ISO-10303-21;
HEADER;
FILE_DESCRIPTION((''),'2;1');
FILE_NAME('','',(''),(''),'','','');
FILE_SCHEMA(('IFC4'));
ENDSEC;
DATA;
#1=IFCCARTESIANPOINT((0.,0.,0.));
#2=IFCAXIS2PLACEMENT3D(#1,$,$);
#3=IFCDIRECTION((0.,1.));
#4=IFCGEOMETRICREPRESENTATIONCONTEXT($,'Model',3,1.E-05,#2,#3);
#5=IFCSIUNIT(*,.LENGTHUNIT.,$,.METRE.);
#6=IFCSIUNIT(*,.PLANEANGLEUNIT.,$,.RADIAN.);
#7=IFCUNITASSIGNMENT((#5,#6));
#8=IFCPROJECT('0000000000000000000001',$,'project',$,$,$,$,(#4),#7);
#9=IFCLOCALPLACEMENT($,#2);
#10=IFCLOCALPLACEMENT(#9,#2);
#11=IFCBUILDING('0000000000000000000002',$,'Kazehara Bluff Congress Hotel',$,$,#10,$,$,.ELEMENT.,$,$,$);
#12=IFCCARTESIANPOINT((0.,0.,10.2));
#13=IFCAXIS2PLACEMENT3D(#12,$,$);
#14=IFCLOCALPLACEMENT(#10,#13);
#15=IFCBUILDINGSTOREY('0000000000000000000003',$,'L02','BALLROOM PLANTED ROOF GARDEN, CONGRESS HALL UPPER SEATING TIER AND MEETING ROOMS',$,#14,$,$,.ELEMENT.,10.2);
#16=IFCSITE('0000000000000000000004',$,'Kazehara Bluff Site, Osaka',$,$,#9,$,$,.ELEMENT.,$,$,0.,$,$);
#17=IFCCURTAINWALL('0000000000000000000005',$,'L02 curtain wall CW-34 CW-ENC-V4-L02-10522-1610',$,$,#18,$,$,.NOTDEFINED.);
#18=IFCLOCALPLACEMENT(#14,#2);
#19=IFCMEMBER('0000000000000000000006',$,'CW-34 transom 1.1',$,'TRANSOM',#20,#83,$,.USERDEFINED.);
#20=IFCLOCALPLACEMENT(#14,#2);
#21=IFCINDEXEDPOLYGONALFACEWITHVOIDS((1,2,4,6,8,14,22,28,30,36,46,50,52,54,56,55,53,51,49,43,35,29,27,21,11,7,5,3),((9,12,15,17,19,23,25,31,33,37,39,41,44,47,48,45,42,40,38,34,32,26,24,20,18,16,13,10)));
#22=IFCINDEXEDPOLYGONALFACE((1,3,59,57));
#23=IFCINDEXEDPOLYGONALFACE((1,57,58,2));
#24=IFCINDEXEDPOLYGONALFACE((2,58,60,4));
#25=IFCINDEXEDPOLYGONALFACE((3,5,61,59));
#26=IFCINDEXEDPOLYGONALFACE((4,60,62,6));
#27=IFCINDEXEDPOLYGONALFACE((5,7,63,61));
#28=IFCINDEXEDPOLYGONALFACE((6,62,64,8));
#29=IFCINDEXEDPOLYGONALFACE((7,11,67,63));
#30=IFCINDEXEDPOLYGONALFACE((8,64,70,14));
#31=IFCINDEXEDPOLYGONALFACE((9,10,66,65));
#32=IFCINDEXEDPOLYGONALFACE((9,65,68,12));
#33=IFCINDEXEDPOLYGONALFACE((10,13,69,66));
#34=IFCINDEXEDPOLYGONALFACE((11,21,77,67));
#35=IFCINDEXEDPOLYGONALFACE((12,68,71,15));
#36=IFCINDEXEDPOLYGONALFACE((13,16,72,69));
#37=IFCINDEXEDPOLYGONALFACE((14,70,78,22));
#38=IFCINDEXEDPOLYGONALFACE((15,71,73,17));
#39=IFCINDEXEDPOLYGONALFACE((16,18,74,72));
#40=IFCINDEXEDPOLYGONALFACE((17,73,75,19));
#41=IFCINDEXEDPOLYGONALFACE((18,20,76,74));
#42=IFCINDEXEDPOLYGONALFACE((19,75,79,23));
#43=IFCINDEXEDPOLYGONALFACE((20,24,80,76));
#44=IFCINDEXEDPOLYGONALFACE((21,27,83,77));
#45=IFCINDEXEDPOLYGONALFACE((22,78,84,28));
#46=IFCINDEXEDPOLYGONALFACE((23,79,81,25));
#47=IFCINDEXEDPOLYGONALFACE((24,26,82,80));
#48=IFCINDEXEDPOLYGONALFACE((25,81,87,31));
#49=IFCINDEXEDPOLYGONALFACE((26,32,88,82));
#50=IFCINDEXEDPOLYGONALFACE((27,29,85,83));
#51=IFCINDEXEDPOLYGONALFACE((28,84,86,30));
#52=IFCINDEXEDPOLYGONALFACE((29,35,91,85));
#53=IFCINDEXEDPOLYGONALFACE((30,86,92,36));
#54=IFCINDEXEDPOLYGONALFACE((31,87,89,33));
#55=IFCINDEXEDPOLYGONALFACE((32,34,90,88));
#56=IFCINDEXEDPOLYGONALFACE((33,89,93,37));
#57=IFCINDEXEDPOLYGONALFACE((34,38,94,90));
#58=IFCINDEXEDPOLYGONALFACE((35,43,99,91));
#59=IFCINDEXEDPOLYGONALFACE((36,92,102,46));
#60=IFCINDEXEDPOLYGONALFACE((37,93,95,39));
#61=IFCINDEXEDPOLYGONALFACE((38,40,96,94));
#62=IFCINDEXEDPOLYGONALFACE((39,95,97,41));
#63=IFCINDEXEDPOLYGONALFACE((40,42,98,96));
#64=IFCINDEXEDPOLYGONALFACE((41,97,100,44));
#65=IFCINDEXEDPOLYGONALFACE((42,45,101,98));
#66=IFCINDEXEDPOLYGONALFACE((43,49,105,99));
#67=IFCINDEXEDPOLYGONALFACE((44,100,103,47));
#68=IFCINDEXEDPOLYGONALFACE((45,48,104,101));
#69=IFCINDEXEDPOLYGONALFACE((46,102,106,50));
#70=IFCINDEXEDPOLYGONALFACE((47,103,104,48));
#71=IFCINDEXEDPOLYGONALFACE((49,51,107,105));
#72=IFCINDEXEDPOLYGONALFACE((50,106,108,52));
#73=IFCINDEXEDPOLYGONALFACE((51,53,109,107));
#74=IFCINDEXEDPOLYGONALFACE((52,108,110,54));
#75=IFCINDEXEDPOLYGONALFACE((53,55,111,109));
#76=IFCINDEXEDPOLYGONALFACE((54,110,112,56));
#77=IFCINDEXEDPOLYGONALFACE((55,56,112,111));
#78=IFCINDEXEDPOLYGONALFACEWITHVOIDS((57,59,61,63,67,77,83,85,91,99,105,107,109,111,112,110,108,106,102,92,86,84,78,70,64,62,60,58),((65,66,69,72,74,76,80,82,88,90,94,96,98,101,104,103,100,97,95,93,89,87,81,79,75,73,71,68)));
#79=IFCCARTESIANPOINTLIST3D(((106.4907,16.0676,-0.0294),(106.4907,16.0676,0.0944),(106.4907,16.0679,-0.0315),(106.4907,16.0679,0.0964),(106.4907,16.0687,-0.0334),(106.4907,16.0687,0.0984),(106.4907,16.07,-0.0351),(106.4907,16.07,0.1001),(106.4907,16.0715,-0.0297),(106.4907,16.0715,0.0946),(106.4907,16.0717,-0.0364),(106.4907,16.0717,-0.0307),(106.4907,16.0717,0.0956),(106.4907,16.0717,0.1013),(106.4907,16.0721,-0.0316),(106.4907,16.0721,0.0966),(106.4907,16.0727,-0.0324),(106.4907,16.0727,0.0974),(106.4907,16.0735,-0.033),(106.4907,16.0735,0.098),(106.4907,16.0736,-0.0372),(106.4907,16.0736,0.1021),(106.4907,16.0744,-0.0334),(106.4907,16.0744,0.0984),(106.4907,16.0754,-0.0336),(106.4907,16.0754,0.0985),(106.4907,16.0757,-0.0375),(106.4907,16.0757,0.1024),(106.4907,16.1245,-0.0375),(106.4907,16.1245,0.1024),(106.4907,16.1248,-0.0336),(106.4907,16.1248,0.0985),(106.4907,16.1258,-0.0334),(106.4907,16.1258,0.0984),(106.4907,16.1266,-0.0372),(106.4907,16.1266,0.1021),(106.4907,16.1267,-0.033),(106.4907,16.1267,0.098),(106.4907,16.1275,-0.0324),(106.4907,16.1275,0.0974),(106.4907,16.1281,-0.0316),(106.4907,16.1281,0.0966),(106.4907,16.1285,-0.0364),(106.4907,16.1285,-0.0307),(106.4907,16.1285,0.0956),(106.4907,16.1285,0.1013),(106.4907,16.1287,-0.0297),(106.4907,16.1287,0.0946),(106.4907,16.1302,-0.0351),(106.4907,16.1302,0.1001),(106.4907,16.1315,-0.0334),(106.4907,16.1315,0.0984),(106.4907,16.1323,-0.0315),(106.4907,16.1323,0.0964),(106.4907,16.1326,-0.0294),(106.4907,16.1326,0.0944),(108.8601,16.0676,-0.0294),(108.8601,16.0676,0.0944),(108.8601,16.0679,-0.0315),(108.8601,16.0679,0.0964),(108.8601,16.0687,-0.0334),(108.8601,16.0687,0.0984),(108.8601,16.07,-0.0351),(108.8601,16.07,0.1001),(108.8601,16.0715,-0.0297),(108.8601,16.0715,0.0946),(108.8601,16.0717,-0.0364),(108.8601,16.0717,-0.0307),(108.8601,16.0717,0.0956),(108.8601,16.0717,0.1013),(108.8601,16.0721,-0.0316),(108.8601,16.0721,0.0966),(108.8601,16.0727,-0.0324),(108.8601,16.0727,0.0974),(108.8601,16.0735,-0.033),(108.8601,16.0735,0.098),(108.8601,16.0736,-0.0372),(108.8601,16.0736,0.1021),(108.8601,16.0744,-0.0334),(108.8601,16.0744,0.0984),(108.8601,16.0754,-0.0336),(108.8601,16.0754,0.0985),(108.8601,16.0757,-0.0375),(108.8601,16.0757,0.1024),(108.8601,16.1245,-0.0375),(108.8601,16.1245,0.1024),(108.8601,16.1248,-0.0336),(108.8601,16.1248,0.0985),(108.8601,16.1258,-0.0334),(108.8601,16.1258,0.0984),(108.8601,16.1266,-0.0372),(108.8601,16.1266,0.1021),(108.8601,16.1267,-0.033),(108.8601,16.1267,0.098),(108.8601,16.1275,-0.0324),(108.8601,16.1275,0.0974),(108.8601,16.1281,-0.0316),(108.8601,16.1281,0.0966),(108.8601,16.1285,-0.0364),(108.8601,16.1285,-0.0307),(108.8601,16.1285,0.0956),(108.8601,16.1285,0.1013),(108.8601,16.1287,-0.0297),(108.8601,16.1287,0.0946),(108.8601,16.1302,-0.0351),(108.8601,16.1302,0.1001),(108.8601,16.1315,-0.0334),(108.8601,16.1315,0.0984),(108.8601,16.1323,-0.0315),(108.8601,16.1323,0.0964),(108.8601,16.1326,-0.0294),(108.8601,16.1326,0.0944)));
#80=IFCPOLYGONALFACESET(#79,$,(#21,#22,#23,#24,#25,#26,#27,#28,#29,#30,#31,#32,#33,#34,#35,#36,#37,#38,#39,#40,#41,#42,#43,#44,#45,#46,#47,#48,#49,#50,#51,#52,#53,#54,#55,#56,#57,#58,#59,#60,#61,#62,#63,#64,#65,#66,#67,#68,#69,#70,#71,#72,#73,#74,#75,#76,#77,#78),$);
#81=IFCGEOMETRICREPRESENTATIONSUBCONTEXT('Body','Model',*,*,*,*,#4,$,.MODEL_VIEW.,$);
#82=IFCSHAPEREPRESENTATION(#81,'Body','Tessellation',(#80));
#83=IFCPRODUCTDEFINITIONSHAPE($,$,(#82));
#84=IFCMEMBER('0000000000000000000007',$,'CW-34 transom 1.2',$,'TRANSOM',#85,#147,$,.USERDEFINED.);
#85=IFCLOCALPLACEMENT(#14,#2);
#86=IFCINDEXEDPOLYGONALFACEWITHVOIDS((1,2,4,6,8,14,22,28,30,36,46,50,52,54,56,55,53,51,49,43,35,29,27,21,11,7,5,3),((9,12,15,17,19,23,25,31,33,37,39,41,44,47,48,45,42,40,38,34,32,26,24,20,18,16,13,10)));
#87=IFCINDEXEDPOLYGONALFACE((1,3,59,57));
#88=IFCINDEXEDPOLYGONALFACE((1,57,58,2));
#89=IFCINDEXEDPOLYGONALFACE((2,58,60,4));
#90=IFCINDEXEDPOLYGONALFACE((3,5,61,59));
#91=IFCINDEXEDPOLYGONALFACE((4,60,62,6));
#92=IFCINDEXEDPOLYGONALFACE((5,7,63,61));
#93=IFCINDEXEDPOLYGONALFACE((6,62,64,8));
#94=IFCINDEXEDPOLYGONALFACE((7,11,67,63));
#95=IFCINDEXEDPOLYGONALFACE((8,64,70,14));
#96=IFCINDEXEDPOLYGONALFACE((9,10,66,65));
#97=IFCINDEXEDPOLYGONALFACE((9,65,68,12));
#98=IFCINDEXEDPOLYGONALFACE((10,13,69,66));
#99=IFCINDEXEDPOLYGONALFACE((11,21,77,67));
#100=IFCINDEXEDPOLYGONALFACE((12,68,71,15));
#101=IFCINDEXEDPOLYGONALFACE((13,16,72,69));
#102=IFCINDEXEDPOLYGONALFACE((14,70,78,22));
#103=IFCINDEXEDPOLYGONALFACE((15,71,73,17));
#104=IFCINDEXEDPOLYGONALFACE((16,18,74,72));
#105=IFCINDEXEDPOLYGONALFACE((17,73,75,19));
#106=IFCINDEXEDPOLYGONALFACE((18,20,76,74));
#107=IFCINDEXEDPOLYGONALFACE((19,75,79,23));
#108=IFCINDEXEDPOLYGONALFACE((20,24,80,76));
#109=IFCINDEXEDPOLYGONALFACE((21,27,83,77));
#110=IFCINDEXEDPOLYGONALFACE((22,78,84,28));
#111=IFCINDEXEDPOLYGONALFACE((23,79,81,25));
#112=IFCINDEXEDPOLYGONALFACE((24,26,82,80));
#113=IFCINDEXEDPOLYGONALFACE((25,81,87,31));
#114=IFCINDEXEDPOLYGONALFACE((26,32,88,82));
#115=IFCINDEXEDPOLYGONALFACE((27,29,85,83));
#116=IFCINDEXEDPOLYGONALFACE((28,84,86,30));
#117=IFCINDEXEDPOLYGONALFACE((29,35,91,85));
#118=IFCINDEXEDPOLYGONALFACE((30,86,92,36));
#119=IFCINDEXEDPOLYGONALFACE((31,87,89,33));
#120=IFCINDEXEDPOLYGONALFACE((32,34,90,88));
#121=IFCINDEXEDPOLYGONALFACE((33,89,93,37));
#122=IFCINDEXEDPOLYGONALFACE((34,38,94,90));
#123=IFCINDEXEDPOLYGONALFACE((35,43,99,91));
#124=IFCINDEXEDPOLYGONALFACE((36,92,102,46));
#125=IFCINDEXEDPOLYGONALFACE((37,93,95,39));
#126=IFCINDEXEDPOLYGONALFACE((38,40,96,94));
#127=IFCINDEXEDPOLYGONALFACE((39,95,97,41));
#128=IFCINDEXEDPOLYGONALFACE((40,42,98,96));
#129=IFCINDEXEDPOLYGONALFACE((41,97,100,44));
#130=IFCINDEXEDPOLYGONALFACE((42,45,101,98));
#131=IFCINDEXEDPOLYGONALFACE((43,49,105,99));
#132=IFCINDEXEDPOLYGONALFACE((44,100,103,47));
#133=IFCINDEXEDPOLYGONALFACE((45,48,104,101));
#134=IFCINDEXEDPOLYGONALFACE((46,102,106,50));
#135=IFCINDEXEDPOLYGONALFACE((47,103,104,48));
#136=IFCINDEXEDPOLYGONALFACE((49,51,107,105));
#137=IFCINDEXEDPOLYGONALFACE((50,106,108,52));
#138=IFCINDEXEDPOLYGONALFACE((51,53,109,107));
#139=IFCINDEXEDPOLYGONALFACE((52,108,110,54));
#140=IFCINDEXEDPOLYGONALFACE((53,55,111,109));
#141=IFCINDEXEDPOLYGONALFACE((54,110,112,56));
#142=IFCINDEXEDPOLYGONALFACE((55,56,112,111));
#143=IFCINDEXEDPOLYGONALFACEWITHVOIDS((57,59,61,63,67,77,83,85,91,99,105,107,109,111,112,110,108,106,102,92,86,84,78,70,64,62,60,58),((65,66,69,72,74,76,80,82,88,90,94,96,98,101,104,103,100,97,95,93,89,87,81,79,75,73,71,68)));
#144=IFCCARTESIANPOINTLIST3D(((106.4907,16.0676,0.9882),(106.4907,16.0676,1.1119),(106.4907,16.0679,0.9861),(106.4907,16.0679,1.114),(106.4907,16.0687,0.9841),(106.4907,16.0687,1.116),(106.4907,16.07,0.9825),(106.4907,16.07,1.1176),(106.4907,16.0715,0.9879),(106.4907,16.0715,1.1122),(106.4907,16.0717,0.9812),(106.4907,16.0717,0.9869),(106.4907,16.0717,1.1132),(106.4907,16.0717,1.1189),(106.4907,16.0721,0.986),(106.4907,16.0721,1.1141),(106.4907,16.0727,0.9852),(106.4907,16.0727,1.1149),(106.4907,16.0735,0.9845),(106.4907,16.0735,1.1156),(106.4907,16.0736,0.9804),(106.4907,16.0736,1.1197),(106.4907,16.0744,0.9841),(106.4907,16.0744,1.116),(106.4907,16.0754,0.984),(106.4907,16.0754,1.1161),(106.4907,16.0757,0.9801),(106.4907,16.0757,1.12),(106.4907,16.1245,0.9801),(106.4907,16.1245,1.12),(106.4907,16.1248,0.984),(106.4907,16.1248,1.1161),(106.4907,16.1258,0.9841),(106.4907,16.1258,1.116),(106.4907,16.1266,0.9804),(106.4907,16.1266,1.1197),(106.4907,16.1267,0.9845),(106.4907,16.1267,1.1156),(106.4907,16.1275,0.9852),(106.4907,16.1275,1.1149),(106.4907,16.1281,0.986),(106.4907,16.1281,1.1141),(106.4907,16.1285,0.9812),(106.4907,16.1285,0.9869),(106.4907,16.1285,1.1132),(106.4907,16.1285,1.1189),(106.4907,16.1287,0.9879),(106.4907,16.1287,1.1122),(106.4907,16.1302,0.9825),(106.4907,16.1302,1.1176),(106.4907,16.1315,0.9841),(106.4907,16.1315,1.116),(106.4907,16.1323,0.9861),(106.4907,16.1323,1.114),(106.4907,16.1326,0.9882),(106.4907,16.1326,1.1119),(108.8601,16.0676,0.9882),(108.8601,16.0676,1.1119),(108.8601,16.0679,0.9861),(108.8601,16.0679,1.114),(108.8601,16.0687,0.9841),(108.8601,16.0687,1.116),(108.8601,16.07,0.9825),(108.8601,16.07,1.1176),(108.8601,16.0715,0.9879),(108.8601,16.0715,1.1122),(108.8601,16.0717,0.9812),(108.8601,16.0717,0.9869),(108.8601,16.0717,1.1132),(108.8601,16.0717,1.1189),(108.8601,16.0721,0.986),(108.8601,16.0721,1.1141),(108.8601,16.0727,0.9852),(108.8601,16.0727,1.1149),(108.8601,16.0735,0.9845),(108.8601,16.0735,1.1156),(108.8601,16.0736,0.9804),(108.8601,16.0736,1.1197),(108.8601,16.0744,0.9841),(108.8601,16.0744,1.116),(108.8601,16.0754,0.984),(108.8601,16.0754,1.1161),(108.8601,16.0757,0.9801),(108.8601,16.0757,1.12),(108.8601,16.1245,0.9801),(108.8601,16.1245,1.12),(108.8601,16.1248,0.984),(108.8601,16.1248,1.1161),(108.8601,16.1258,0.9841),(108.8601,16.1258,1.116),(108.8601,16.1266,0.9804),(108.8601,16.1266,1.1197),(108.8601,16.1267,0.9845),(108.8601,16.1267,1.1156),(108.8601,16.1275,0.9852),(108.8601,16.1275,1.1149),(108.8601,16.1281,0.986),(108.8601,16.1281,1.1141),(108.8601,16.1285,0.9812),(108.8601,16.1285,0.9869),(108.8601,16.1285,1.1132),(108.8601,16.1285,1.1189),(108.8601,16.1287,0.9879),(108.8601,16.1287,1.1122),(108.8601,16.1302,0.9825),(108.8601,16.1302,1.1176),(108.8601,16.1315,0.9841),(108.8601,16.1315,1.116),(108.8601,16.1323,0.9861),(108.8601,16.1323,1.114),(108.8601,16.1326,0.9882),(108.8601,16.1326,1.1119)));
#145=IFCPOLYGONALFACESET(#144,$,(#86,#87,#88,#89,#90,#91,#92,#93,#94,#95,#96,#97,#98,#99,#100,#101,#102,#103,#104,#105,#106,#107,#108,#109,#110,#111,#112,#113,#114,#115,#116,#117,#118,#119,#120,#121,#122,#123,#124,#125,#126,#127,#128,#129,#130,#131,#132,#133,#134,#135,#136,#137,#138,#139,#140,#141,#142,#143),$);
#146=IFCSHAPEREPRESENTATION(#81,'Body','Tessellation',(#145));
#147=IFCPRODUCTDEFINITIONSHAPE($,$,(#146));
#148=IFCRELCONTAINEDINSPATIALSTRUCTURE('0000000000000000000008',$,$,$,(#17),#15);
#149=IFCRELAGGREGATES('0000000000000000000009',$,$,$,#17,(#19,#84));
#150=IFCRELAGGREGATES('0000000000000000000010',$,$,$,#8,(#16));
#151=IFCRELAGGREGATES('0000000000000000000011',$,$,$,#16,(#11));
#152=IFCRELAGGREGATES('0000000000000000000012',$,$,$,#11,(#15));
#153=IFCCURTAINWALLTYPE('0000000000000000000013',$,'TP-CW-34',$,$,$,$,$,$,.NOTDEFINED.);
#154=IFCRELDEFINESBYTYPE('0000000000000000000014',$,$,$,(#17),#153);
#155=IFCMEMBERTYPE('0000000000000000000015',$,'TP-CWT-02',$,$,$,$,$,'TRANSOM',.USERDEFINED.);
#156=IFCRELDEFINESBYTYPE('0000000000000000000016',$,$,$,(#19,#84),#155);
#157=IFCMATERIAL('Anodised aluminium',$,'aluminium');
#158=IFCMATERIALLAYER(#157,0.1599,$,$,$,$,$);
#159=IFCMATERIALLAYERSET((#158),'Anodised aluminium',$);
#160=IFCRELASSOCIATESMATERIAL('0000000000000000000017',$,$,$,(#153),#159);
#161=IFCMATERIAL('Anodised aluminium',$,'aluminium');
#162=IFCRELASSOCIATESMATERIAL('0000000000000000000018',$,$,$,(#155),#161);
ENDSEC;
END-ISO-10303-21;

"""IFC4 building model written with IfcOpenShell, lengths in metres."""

from ifc_helpers import new_model, si_unit, direction, frame, origin, origin_2d, place, context, subcontext, project, spatial, hollow_rectangle, extrude, material, layer, layer_set, material_profile, profile_set, type_object, element, aggregate, save


model = new_model("IFC4")

# Units and contexts
model_context = context("Model", 3, precision=1e-05, world=origin(), true_north=direction((0.0, 1.0)))
body_context = subcontext(model_context, "Body", "Model", "MODEL_VIEW")
ifc_project = project(units=[si_unit("LENGTHUNIT", "METRE"), si_unit("PLANEANGLEUNIT", "RADIAN")], contexts=[model_context])

# Site, building, storey
site_placement = place(None, origin())
site = spatial("IfcSite", under=ifc_project, at=site_placement, Name="Kazehara Bluff Site, Osaka", CompositionType="ELEMENT", RefElevation=0.0)
building_placement = place(site_placement, origin())
building = spatial("IfcBuilding", under=site, at=building_placement, Name="Kazehara Bluff Congress Hotel", CompositionType="ELEMENT")
storey_placement = place(building_placement, frame((0.0, 0.0, 10.2)))
storey = spatial("IfcBuildingStorey", under=building, at=storey_placement, Name="L02", Description="BALLROOM PLANTED ROOF GARDEN, CONGRESS HALL UPPER SEATING TIER AND MEETING ROOMS", CompositionType="ELEMENT", Elevation=10.2)

# Curtain wall, members
ifc_material_1 = material(Name="Anodised aluminium", Category="aluminium")
ifc_layer_1 = layer(ifc_material_1, 0.1599)
ifc_layer_set_1 = layer_set([ifc_layer_1], Name="Anodised aluminium")
curtain_wall_type = type_object("IfcCurtainWallType", Name="TP-CW-34", PredefinedType="NOTDEFINED", material=ifc_layer_set_1)
curtain_wall_placement = place(storey_placement, origin())
curtain_wall = element("IfcCurtainWall", 1, at=curtain_wall_placement, inside=storey, type_object=curtain_wall_type, Name="L02 curtain wall CW-34 CW-ENC-V4-L02-10522-1610", PredefinedType="NOTDEFINED")
ifc_material_2 = material(Name="Anodised aluminium", Category="aluminium")
ifc_material_profile_1 = material_profile(ifc_material_2, hollow_rectangle(XDim=0.0649, YDim=0.1399, WallThickness=0.0039, InnerFilletRadius=0.0039, OuterFilletRadius=0.0081, at=origin_2d()))
ifc_profile_set_1 = profile_set([ifc_material_profile_1], Name="Anodised aluminium")
member_type_1 = type_object("IfcMemberType", Name="TP-CWT-02", ElementType="TRANSOM", PredefinedType="USERDEFINED", material=ifc_profile_set_1)
member_1_placement = place(storey_placement, frame((108.8601, 16.1001, 0.0325), z_axis=(-1.0, 0.0, 0.0), x_axis=(0.0, -1.0, 0.0)))
member_1 = element("IfcMember", 2, at=member_1_placement, type_object=member_type_1, Name="CW-34 transom 1.1", ObjectType="TRANSOM", PredefinedType="USERDEFINED", context=body_context, shape_type="SweptSolid", body=[
    extrude(hollow_rectangle(XDim=0.0649, YDim=0.1399, WallThickness=0.0039, InnerFilletRadius=0.0039, OuterFilletRadius=0.0081, at=origin_2d()), origin(), (0.0, 0.0, 1.0), 2.3694),
])
member_2_placement = place(storey_placement, frame((108.8601, 16.1001, 1.05), z_axis=(-1.0, 0.0, 0.0), x_axis=(0.0, -1.0, 0.0)))
member_2 = element("IfcMember", 3, at=member_2_placement, type_object=member_type_1, Name="CW-34 transom 1.2", ObjectType="TRANSOM", PredefinedType="USERDEFINED", context=body_context, shape_type="SweptSolid", body=[
    extrude(hollow_rectangle(XDim=0.0649, YDim=0.1399, WallThickness=0.0039, InnerFilletRadius=0.0039, OuterFilletRadius=0.0081, at=origin_2d()), origin(), (0.0, 0.0, 1.0), 2.3694),
])

aggregate(curtain_wall, [member_1, member_2])

save(model, "model.ifc")
